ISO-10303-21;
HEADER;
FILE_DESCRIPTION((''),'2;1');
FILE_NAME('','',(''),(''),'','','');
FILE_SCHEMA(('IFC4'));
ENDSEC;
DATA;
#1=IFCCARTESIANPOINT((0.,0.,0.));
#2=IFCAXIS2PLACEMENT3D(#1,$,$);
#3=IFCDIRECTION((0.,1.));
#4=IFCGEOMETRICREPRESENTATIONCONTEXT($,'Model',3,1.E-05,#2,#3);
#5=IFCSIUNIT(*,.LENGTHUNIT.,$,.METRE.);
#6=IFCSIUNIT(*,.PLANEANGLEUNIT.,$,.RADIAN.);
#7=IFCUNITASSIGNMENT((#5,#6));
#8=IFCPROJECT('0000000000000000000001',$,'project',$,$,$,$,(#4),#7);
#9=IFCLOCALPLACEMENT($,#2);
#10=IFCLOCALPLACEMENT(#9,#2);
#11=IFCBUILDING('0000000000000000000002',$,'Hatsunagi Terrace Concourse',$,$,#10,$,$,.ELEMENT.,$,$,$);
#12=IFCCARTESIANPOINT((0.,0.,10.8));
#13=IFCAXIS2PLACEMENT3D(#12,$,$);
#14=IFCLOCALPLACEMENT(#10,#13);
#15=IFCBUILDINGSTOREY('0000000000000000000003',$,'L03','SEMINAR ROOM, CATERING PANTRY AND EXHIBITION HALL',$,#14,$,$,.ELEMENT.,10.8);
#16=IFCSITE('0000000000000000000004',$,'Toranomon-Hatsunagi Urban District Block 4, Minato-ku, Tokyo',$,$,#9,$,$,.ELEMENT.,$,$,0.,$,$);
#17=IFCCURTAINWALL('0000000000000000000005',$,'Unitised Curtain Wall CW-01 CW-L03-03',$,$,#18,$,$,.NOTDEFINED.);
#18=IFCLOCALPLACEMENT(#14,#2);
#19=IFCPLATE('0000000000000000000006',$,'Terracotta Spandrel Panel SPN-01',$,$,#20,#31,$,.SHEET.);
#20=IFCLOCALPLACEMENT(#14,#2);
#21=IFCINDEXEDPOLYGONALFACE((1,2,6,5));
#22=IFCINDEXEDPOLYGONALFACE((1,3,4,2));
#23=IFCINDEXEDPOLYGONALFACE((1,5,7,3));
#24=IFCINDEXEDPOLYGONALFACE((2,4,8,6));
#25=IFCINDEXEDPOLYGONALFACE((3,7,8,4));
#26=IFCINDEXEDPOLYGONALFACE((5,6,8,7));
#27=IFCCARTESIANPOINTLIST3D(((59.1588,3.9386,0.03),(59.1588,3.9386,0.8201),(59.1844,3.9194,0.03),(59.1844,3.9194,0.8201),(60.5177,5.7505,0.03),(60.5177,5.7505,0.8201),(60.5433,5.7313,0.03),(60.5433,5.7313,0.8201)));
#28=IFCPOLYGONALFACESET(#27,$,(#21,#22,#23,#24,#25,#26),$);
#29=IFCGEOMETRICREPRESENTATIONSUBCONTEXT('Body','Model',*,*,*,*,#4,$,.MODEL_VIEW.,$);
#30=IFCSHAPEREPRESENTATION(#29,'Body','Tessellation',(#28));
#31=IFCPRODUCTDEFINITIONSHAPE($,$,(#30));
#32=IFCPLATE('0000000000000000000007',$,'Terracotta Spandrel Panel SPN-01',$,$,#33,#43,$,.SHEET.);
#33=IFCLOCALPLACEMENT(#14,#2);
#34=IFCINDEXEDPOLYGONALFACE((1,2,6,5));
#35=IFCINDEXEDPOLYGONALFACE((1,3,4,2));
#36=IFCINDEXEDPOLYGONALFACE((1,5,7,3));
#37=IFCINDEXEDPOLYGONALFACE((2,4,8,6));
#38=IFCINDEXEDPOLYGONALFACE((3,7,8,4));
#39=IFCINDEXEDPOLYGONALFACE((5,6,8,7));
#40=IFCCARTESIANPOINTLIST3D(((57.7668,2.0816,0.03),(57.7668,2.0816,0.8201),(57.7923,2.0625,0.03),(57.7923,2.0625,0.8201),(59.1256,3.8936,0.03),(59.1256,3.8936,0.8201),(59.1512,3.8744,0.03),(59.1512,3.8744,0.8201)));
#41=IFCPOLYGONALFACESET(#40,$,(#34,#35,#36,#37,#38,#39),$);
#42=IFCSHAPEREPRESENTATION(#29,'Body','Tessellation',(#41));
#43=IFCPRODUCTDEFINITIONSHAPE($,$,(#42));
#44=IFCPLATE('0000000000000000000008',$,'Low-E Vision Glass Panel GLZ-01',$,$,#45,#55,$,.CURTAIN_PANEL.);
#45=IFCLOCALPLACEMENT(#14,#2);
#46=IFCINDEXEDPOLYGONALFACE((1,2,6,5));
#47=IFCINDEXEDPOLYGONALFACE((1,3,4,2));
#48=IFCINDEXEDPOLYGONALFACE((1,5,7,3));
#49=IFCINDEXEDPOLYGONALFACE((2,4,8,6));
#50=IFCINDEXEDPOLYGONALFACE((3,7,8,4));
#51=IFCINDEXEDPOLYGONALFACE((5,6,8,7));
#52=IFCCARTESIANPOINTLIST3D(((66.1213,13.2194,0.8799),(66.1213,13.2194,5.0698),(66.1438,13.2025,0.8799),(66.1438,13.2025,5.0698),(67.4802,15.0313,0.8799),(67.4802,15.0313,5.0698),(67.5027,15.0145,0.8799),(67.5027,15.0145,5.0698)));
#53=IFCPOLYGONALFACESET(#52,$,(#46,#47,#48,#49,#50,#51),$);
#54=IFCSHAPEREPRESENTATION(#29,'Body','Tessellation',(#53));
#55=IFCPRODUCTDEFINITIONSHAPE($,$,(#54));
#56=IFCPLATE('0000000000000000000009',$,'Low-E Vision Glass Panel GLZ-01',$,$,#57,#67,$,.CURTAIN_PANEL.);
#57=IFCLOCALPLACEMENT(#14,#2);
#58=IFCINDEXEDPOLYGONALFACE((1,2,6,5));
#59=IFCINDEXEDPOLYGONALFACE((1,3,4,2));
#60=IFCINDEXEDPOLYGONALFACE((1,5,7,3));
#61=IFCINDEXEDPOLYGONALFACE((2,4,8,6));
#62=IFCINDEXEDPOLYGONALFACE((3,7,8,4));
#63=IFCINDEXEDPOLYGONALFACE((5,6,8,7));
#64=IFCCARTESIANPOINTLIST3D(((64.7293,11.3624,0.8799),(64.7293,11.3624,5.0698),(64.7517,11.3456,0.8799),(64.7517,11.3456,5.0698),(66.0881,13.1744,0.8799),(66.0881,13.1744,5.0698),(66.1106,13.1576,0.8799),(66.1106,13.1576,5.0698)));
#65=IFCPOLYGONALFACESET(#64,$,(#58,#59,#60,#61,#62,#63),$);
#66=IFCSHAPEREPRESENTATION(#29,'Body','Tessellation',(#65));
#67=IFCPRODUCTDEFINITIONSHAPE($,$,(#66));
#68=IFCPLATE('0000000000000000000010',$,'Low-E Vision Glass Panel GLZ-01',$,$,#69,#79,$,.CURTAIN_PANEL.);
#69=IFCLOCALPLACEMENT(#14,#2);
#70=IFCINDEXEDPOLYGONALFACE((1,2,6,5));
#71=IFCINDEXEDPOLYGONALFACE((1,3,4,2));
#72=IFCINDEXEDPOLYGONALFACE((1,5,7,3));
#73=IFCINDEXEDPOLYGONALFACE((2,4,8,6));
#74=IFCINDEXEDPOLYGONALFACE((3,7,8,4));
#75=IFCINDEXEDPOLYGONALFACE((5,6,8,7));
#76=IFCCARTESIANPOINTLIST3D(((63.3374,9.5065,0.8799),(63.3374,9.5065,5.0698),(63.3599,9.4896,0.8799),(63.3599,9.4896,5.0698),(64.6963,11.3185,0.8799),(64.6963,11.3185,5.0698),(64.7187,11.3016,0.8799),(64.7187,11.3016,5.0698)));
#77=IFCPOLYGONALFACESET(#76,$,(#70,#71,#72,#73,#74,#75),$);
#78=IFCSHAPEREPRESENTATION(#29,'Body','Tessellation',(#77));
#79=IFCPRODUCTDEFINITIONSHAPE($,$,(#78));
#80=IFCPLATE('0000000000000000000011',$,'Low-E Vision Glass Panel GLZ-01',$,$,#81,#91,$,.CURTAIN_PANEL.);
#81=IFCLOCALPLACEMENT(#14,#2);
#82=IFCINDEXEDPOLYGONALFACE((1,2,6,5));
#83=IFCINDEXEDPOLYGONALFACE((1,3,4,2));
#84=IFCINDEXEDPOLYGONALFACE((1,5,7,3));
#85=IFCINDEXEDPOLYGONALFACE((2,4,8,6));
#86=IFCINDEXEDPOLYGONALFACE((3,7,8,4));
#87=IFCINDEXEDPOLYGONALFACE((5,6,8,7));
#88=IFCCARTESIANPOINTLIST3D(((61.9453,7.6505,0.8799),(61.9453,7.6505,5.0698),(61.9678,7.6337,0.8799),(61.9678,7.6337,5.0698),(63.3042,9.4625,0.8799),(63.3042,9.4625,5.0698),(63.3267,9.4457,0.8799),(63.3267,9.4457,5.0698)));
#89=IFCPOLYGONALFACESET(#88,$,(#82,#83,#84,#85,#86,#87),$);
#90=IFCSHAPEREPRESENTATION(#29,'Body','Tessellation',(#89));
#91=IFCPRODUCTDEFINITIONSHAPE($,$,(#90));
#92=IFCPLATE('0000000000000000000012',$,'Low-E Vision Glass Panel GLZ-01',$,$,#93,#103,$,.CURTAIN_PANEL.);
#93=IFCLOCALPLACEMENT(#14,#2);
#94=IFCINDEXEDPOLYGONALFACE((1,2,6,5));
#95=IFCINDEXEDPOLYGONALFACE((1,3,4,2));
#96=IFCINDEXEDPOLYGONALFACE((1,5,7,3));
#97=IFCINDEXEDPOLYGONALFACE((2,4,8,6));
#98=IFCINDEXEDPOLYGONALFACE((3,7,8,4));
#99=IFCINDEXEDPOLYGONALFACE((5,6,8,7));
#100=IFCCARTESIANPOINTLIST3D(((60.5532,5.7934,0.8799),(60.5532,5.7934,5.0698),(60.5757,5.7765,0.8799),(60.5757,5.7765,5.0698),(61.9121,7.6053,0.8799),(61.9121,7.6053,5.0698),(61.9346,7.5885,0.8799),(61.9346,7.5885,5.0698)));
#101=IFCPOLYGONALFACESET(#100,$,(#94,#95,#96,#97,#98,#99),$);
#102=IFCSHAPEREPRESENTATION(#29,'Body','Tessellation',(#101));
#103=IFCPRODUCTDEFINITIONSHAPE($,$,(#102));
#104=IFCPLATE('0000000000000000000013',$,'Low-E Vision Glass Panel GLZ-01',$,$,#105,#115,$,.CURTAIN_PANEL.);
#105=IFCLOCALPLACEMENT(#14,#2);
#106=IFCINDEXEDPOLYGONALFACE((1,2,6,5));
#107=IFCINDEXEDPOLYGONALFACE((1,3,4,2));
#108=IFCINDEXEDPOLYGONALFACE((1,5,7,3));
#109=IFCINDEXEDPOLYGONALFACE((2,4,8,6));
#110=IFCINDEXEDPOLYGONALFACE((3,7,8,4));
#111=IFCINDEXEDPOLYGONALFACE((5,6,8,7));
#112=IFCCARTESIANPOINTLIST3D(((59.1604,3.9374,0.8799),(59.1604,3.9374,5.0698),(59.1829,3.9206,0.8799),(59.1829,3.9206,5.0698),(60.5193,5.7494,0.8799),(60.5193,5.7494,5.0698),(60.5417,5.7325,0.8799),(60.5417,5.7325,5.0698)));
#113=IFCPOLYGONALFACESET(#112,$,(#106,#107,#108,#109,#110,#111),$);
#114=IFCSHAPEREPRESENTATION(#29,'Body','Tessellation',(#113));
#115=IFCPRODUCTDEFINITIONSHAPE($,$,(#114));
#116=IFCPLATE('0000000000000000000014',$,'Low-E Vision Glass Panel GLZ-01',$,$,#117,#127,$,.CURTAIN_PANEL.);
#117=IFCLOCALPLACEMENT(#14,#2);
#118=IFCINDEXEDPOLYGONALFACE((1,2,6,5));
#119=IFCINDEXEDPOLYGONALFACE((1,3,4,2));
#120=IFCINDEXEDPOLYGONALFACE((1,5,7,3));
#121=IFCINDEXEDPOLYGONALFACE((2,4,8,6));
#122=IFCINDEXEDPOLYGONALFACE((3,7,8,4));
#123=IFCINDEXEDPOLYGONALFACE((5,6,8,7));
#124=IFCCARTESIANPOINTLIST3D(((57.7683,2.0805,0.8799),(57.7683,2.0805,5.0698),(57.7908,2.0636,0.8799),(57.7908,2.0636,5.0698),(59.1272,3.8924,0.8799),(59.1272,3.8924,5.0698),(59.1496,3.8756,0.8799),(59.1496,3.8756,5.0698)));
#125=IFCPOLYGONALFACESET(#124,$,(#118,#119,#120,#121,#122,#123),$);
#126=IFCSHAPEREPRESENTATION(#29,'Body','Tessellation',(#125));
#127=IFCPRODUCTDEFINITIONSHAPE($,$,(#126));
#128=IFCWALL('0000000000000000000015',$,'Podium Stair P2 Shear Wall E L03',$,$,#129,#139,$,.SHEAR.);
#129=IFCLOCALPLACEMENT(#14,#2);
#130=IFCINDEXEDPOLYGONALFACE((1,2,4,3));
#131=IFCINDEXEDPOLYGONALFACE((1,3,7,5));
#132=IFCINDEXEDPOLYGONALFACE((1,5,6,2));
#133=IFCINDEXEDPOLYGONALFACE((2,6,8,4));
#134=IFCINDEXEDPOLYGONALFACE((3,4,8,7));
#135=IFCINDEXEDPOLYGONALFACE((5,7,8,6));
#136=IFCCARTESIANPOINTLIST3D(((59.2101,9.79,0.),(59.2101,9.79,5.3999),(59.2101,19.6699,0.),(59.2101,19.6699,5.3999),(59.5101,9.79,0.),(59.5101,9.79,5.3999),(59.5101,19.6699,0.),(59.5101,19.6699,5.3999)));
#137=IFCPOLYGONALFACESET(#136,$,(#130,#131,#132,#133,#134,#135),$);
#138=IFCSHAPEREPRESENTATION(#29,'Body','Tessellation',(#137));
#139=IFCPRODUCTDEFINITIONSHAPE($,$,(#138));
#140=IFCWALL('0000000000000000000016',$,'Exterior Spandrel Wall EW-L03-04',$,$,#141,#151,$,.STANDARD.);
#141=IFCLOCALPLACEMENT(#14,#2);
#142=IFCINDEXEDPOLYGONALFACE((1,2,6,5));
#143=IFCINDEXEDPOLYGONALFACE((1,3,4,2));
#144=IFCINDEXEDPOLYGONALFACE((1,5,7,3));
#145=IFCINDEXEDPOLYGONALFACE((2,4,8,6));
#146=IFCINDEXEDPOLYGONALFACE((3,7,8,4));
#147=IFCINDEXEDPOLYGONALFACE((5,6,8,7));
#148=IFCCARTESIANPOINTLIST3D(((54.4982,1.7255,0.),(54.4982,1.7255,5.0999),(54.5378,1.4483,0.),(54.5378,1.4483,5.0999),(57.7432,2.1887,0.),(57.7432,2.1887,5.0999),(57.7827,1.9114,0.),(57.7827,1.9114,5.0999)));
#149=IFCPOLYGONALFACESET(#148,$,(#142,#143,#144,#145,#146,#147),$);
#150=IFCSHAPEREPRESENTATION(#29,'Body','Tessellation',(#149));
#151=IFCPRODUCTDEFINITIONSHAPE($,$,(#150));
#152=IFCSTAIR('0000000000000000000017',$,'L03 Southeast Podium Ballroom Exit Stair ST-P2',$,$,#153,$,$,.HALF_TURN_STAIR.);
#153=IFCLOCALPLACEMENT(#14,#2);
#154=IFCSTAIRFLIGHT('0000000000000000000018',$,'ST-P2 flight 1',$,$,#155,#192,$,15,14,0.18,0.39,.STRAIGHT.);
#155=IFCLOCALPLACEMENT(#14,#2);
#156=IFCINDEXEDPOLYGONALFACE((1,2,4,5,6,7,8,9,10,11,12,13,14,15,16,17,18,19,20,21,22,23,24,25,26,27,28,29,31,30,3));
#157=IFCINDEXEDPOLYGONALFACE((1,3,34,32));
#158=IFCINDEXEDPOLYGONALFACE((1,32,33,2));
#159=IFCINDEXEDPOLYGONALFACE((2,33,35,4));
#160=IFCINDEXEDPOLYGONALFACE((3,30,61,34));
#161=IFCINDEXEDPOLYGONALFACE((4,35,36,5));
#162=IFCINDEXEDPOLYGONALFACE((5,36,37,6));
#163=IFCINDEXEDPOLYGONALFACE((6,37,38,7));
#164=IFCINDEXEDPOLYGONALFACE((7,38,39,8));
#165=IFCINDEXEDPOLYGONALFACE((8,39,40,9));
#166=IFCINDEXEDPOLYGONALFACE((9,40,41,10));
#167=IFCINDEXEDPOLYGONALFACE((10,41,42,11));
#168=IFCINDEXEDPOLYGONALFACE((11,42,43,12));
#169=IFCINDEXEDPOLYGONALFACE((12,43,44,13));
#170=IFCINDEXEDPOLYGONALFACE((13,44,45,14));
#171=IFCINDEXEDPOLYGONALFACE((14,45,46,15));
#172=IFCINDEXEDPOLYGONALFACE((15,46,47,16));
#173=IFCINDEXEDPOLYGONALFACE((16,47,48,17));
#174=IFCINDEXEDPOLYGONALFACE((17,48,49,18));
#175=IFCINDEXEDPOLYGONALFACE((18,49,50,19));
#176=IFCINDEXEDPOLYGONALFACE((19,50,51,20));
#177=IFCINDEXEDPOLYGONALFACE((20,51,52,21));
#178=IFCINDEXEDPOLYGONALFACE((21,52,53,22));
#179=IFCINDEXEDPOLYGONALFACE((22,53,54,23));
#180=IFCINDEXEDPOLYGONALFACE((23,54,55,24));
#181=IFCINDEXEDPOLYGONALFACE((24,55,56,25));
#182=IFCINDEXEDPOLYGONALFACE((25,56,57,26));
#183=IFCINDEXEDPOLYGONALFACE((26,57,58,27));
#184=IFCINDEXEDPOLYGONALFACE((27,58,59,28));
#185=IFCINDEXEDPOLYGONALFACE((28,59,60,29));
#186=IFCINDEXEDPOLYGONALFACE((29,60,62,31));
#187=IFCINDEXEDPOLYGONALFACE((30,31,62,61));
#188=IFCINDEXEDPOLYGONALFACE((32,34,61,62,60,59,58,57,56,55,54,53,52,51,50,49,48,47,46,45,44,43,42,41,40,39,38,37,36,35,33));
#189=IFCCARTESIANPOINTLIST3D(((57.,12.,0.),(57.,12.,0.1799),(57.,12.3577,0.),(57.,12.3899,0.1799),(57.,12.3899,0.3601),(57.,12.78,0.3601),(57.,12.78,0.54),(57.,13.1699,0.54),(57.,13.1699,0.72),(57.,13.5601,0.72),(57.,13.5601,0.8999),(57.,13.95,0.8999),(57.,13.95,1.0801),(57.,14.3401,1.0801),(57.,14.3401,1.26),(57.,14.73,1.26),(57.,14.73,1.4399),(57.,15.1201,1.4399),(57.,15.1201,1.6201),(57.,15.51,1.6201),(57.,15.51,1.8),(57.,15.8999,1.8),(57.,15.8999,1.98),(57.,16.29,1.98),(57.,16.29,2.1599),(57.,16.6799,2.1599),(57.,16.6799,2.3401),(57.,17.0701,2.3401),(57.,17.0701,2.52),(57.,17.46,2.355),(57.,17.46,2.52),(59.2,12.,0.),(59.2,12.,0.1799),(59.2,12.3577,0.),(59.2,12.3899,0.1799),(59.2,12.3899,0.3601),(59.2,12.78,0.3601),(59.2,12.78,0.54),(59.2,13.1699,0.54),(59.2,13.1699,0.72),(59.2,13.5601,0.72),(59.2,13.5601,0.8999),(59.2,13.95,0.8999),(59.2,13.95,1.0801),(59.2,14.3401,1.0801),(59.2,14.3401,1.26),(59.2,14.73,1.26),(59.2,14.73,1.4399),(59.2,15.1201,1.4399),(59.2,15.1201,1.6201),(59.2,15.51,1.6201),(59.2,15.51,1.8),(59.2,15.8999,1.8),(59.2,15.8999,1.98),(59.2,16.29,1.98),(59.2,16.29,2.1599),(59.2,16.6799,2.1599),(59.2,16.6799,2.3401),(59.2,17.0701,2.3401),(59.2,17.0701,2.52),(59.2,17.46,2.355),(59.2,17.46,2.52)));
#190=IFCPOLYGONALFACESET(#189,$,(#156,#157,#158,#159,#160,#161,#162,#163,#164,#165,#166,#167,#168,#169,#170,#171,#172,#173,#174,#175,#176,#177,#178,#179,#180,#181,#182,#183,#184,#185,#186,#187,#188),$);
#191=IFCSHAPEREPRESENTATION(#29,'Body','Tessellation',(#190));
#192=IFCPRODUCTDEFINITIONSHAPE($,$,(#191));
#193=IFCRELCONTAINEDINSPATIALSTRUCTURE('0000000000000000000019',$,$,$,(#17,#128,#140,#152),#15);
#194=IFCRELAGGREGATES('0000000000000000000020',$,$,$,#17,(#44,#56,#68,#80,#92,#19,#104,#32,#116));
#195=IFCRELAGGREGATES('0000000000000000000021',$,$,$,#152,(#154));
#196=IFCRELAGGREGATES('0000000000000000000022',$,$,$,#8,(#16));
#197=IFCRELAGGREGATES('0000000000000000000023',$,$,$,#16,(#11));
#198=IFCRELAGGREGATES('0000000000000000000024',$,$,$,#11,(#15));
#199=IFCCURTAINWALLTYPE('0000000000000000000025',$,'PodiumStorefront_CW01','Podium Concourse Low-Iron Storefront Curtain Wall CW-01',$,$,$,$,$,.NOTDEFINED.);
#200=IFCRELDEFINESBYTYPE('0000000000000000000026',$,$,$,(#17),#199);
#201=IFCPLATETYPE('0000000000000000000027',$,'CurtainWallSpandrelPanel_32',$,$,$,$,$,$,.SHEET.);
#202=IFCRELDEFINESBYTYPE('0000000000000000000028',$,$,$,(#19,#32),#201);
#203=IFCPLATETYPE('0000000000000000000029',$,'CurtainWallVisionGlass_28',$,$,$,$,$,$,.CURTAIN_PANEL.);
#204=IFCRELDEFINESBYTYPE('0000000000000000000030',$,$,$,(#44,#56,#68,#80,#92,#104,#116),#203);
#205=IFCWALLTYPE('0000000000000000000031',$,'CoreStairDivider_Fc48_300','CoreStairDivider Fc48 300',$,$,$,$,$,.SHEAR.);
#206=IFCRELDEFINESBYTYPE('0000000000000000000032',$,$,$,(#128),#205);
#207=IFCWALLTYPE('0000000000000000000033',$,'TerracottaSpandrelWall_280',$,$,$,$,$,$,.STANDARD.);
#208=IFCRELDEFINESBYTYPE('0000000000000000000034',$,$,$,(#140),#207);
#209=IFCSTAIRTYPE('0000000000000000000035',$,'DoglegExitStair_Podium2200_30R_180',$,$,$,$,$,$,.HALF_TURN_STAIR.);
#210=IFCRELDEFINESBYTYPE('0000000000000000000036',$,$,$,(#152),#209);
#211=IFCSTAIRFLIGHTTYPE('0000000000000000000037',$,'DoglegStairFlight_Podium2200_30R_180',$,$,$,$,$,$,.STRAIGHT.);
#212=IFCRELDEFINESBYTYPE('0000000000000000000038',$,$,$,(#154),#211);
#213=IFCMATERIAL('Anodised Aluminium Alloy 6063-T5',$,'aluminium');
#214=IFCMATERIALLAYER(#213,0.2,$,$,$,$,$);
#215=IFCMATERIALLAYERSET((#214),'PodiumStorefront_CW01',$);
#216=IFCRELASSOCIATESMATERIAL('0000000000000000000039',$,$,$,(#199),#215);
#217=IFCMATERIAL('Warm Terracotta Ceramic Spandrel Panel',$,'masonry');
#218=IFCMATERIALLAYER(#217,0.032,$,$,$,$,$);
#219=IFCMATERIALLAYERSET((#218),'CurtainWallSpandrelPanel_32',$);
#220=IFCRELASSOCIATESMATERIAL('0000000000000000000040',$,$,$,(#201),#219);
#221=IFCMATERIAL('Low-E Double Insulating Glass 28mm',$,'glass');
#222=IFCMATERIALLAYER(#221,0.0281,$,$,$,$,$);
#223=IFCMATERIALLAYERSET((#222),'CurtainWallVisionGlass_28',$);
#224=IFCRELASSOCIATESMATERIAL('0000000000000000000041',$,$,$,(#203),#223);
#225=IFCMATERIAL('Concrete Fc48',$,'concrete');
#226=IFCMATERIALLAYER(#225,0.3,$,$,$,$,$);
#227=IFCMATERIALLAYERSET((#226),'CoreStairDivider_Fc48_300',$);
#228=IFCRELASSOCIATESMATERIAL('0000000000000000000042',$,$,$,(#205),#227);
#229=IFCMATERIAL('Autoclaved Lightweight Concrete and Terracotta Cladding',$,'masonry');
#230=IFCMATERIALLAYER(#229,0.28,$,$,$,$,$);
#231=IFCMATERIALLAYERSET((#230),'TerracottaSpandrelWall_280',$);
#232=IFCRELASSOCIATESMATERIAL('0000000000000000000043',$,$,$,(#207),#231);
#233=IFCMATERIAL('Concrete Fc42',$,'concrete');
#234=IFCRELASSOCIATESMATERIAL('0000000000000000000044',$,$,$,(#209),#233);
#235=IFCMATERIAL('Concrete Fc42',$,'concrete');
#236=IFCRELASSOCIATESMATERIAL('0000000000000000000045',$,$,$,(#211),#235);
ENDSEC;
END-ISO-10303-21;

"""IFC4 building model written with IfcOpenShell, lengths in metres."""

from ifc_helpers import new_model, si_unit, direction, frame, frame_2d, origin, origin_2d, place, context, subcontext, project, spatial, polyline, rectangle, outline, extrude, material, layer, layer_set, type_object, element, aggregate, save


model = new_model("IFC4")

# Units and contexts
model_context = context("Model", 3, precision=1e-05, world=origin(), true_north=direction((0.0, 1.0)))
body_context = subcontext(model_context, "Body", "Model", "MODEL_VIEW")
ifc_project = project(units=[si_unit("LENGTHUNIT", "METRE"), si_unit("PLANEANGLEUNIT", "RADIAN")], contexts=[model_context])

# Site, building, storey
site_placement = place(None, origin())
site = spatial("IfcSite", under=ifc_project, at=site_placement, Name="Toranomon-Hatsunagi Urban District Block 4, Minato-ku, Tokyo", CompositionType="ELEMENT", RefElevation=0.0)
building_placement = place(site_placement, origin())
building = spatial("IfcBuilding", under=site, at=building_placement, Name="Hatsunagi Terrace Concourse", CompositionType="ELEMENT")
storey_placement = place(building_placement, frame((0.0, 0.0, 10.8)))
storey = spatial("IfcBuildingStorey", under=building, at=storey_placement, Name="L03", Description="SEMINAR ROOM, CATERING PANTRY AND EXHIBITION HALL", CompositionType="ELEMENT", Elevation=10.8)

# Curtain wall, plates
ifc_material_1 = material(Name="Anodised Aluminium Alloy 6063-T5", Category="aluminium")
ifc_layer_1 = layer(ifc_material_1, 0.2)
ifc_layer_set_1 = layer_set([ifc_layer_1], Name="PodiumStorefront_CW01")
curtain_wall_type = type_object("IfcCurtainWallType", Name="PodiumStorefront_CW01", Description="Podium Concourse Low-Iron Storefront Curtain Wall CW-01", PredefinedType="NOTDEFINED", material=ifc_layer_set_1)
curtain_wall_placement = place(storey_placement, origin())
curtain_wall = element("IfcCurtainWall", 1, at=curtain_wall_placement, inside=storey, type_object=curtain_wall_type, Name="Unitised Curtain Wall CW-01 CW-L03-03", PredefinedType="NOTDEFINED")
ifc_material_2 = material(Name="Warm Terracotta Ceramic Spandrel Panel", Category="masonry")
ifc_layer_2 = layer(ifc_material_2, 0.032)
ifc_layer_set_2 = layer_set([ifc_layer_2], Name="CurtainWallSpandrelPanel_32")
plate_type_1 = type_object("IfcPlateType", Name="CurtainWallSpandrelPanel_32", PredefinedType="SHEET", material=ifc_layer_set_2)
plate_1_placement = place(storey_placement, frame((59.8511, 4.835, 0.03), z_axis=(0.0, 0.0, 1.0), x_axis=(-0.599969, -0.800023, 0.0)))
plate_1 = element("IfcPlate", 2, at=plate_1_placement, type_object=plate_type_1, Name="Terracotta Spandrel Panel SPN-01", PredefinedType="SHEET", context=body_context, shape_type="SweptSolid", body=[
    extrude(rectangle(XDim=2.2649, YDim=0.032, at=origin_2d()), origin(), (0.0, 0.0, 1.0), 0.79),
])
plate_2_placement = place(storey_placement, frame((58.459, 2.978, 0.03), z_axis=(0.0, 0.0, 1.0), x_axis=(-0.599969, -0.800023, 0.0)))
plate_2 = element("IfcPlate", 3, at=plate_2_placement, type_object=plate_type_1, Name="Terracotta Spandrel Panel SPN-01", PredefinedType="SHEET", context=body_context, shape_type="SweptSolid", body=[
    extrude(rectangle(XDim=2.2649, YDim=0.032, at=origin_2d()), origin(), (0.0, 0.0, 1.0), 0.79),
])
ifc_material_3 = material(Name="Low-E Double Insulating Glass 28mm", Category="glass")
ifc_layer_3 = layer(ifc_material_3, 0.0281)
ifc_layer_set_3 = layer_set([ifc_layer_3], Name="CurtainWallVisionGlass_28")
plate_type_2 = type_object("IfcPlateType", Name="CurtainWallVisionGlass_28", PredefinedType="CURTAIN_PANEL", material=ifc_layer_set_3)
plate_3_placement = place(storey_placement, frame((66.812, 14.1169, 0.8799), z_axis=(0.0, 0.0, 1.0), x_axis=(-0.599969, -0.800023, 0.0)))
plate_3 = element("IfcPlate", 4, at=plate_3_placement, type_object=plate_type_2, Name="Low-E Vision Glass Panel GLZ-01", PredefinedType="CURTAIN_PANEL", context=body_context, shape_type="SweptSolid", body=[
    extrude(rectangle(XDim=2.2649, YDim=0.0281, at=origin_2d()), origin(), (0.0, 0.0, 1.0), 4.1899),
])
plate_4_placement = place(storey_placement, frame((65.4199, 12.26, 0.8799), z_axis=(0.0, 0.0, 1.0), x_axis=(-0.599969, -0.800023, 0.0)))
plate_4 = element("IfcPlate", 5, at=plate_4_placement, type_object=plate_type_2, Name="Low-E Vision Glass Panel GLZ-01", PredefinedType="CURTAIN_PANEL", context=body_context, shape_type="SweptSolid", body=[
    extrude(rectangle(XDim=2.2649, YDim=0.0281, at=origin_2d()), origin(), (0.0, 0.0, 1.0), 4.1899),
])
plate_5_placement = place(storey_placement, frame((64.0281, 10.4041, 0.8799), z_axis=(0.0, 0.0, 1.0), x_axis=(-0.599969, -0.800023, 0.0)))
plate_5 = element("IfcPlate", 6, at=plate_5_placement, type_object=plate_type_2, Name="Low-E Vision Glass Panel GLZ-01", PredefinedType="CURTAIN_PANEL", context=body_context, shape_type="SweptSolid", body=[
    extrude(rectangle(XDim=2.2649, YDim=0.0281, at=origin_2d()), origin(), (0.0, 0.0, 1.0), 4.1899),
])
plate_6_placement = place(storey_placement, frame((62.636, 8.5481, 0.8799), z_axis=(0.0, 0.0, 1.0), x_axis=(-0.599969, -0.800023, 0.0)))
plate_6 = element("IfcPlate", 7, at=plate_6_placement, type_object=plate_type_2, Name="Low-E Vision Glass Panel GLZ-01", PredefinedType="CURTAIN_PANEL", context=body_context, shape_type="SweptSolid", body=[
    extrude(rectangle(XDim=2.2649, YDim=0.0281, at=origin_2d()), origin(), (0.0, 0.0, 1.0), 4.1899),
])
plate_7_placement = place(storey_placement, frame((61.2439, 6.6909, 0.8799), z_axis=(0.0, 0.0, 1.0), x_axis=(-0.599969, -0.800023, 0.0)))
plate_7 = element("IfcPlate", 8, at=plate_7_placement, type_object=plate_type_2, Name="Low-E Vision Glass Panel GLZ-01", PredefinedType="CURTAIN_PANEL", context=body_context, shape_type="SweptSolid", body=[
    extrude(rectangle(XDim=2.2649, YDim=0.0281, at=origin_2d()), origin(), (0.0, 0.0, 1.0), 4.1899),
])
plate_8_placement = place(storey_placement, frame((59.8511, 4.835, 0.8799), z_axis=(0.0, 0.0, 1.0), x_axis=(-0.599969, -0.800023, 0.0)))
plate_8 = element("IfcPlate", 9, at=plate_8_placement, type_object=plate_type_2, Name="Low-E Vision Glass Panel GLZ-01", PredefinedType="CURTAIN_PANEL", context=body_context, shape_type="SweptSolid", body=[
    extrude(rectangle(XDim=2.2649, YDim=0.0281, at=origin_2d()), origin(), (0.0, 0.0, 1.0), 4.1899),
])
plate_9_placement = place(storey_placement, frame((58.459, 2.978, 0.8799), z_axis=(0.0, 0.0, 1.0), x_axis=(-0.599969, -0.800023, 0.0)))
plate_9 = element("IfcPlate", 10, at=plate_9_placement, type_object=plate_type_2, Name="Low-E Vision Glass Panel GLZ-01", PredefinedType="CURTAIN_PANEL", context=body_context, shape_type="SweptSolid", body=[
    extrude(rectangle(XDim=2.2649, YDim=0.0281, at=origin_2d()), origin(), (0.0, 0.0, 1.0), 4.1899),
])
aggregate(curtain_wall, [plate_3, plate_4, plate_5, plate_6, plate_7, plate_1, plate_8, plate_2, plate_9])

# Walls
ifc_material_4 = material(Name="Concrete Fc48", Category="concrete")
ifc_layer_4 = layer(ifc_material_4, 0.3)
ifc_layer_set_4 = layer_set([ifc_layer_4], Name="CoreStairDivider_Fc48_300")
wall_type_1 = type_object("IfcWallType", Name="CoreStairDivider_Fc48_300", Description="CoreStairDivider Fc48 300", PredefinedType="SHEAR", material=ifc_layer_set_4)
wall_1_placement = place(storey_placement, frame((59.3601, 9.79, 0.0), z_axis=(0.0, 0.0, 1.0), x_axis=(0.0, 1.0, 0.0)))
element("IfcWall", 11, at=wall_1_placement, inside=storey, type_object=wall_type_1, Name="Podium Stair P2 Shear Wall E L03", PredefinedType="SHEAR", context=body_context, shape_type="SweptSolid", body=[
    extrude(rectangle(XDim=9.8799, YDim=0.3, at=frame_2d((4.9399, 0.0))), origin(), (0.0, 0.0, 1.0), 5.3999),
])
ifc_material_5 = material(Name="Autoclaved Lightweight Concrete and Terracotta Cladding", Category="masonry")
ifc_layer_5 = layer(ifc_material_5, 0.28)
ifc_layer_set_5 = layer_set([ifc_layer_5], Name="TerracottaSpandrelWall_280")
wall_type_2 = type_object("IfcWallType", Name="TerracottaSpandrelWall_280", PredefinedType="STANDARD", material=ifc_layer_set_5)
wall_2_placement = place(storey_placement, frame((57.7629, 2.05, 0.0), z_axis=(0.0, 0.0, 1.0), x_axis=(-0.989967, -0.141296, 0.0)))
element("IfcWall", 12, at=wall_2_placement, inside=storey, type_object=wall_type_2, Name="Exterior Spandrel Wall EW-L03-04", PredefinedType="STANDARD", context=body_context, shape_type="SweptSolid", body=[
    extrude(rectangle(XDim=3.2778, YDim=0.28, at=frame_2d((1.6389, 0.0))), origin(), (0.0, 0.0, 1.0), 5.0999),
])

# Stair, stair flight
ifc_material_6 = material(Name="Concrete Fc42", Category="concrete")
stair_type = type_object("IfcStairType", Name="DoglegExitStair_Podium2200_30R_180", PredefinedType="HALF_TURN_STAIR", material=ifc_material_6)
stair_placement = place(storey_placement, origin())
stair = element("IfcStair", 13, at=stair_placement, inside=storey, type_object=stair_type, Name="L03 Southeast Podium Ballroom Exit Stair ST-P2", PredefinedType="HALF_TURN_STAIR")
ifc_material_7 = material(Name="Concrete Fc42", Category="concrete")
stair_flight_type = type_object("IfcStairFlightType", Name="DoglegStairFlight_Podium2200_30R_180", PredefinedType="STRAIGHT", material=ifc_material_7)
stair_flight_placement = place(storey_placement, frame((58.1001, 12.0, 0.0), z_axis=(0.0, 0.0, 1.0), x_axis=(0.0, 1.0, 0.0)))
stair_flight = element("IfcStairFlight", 14, at=stair_flight_placement, type_object=stair_flight_type, Name="ST-P2 flight 1", NumberOfRisers=15, NumberOfTreads=14, PredefinedType="STRAIGHT", RiserHeight=0.18, TreadLength=0.39, context=body_context, shape_type="SweptSolid", body=[
    extrude(outline(polyline([(0.0, 0.0), (0.0, 0.1799), (0.3899, 0.1799), (0.3899, 0.3601), (0.78, 0.3601), (0.78, 0.54), (1.1699, 0.54), (1.1699, 0.72), (1.5601, 0.72), (1.5601, 0.8999), (1.95, 0.8999), (1.95, 1.0801), (2.3401, 1.0801), (2.3401, 1.26), (2.73, 1.26), (2.73, 1.4399), (3.1201, 1.4399), (3.1201, 1.6201), (3.51, 1.6201), (3.51, 1.8), (3.8999, 1.8), (3.8999, 1.98), (4.29, 1.98), (4.29, 2.1599), (4.6799, 2.1599), (4.6799, 2.3401), (5.0701, 2.3401), (5.0701, 2.52), (5.46, 2.52), (5.46, 2.7), (5.46, 2.355), (0.3577, 0.0), (0.0, 0.0)])), frame((0.0, 1.1001, 0.0), z_axis=(0.0, -1.0, 0.0), x_axis=(1.0, 0.0, 0.0)), (0.0, 0.0, 1.0), 2.2),
])
aggregate(stair, [stair_flight])

save(model, "model.ifc")
